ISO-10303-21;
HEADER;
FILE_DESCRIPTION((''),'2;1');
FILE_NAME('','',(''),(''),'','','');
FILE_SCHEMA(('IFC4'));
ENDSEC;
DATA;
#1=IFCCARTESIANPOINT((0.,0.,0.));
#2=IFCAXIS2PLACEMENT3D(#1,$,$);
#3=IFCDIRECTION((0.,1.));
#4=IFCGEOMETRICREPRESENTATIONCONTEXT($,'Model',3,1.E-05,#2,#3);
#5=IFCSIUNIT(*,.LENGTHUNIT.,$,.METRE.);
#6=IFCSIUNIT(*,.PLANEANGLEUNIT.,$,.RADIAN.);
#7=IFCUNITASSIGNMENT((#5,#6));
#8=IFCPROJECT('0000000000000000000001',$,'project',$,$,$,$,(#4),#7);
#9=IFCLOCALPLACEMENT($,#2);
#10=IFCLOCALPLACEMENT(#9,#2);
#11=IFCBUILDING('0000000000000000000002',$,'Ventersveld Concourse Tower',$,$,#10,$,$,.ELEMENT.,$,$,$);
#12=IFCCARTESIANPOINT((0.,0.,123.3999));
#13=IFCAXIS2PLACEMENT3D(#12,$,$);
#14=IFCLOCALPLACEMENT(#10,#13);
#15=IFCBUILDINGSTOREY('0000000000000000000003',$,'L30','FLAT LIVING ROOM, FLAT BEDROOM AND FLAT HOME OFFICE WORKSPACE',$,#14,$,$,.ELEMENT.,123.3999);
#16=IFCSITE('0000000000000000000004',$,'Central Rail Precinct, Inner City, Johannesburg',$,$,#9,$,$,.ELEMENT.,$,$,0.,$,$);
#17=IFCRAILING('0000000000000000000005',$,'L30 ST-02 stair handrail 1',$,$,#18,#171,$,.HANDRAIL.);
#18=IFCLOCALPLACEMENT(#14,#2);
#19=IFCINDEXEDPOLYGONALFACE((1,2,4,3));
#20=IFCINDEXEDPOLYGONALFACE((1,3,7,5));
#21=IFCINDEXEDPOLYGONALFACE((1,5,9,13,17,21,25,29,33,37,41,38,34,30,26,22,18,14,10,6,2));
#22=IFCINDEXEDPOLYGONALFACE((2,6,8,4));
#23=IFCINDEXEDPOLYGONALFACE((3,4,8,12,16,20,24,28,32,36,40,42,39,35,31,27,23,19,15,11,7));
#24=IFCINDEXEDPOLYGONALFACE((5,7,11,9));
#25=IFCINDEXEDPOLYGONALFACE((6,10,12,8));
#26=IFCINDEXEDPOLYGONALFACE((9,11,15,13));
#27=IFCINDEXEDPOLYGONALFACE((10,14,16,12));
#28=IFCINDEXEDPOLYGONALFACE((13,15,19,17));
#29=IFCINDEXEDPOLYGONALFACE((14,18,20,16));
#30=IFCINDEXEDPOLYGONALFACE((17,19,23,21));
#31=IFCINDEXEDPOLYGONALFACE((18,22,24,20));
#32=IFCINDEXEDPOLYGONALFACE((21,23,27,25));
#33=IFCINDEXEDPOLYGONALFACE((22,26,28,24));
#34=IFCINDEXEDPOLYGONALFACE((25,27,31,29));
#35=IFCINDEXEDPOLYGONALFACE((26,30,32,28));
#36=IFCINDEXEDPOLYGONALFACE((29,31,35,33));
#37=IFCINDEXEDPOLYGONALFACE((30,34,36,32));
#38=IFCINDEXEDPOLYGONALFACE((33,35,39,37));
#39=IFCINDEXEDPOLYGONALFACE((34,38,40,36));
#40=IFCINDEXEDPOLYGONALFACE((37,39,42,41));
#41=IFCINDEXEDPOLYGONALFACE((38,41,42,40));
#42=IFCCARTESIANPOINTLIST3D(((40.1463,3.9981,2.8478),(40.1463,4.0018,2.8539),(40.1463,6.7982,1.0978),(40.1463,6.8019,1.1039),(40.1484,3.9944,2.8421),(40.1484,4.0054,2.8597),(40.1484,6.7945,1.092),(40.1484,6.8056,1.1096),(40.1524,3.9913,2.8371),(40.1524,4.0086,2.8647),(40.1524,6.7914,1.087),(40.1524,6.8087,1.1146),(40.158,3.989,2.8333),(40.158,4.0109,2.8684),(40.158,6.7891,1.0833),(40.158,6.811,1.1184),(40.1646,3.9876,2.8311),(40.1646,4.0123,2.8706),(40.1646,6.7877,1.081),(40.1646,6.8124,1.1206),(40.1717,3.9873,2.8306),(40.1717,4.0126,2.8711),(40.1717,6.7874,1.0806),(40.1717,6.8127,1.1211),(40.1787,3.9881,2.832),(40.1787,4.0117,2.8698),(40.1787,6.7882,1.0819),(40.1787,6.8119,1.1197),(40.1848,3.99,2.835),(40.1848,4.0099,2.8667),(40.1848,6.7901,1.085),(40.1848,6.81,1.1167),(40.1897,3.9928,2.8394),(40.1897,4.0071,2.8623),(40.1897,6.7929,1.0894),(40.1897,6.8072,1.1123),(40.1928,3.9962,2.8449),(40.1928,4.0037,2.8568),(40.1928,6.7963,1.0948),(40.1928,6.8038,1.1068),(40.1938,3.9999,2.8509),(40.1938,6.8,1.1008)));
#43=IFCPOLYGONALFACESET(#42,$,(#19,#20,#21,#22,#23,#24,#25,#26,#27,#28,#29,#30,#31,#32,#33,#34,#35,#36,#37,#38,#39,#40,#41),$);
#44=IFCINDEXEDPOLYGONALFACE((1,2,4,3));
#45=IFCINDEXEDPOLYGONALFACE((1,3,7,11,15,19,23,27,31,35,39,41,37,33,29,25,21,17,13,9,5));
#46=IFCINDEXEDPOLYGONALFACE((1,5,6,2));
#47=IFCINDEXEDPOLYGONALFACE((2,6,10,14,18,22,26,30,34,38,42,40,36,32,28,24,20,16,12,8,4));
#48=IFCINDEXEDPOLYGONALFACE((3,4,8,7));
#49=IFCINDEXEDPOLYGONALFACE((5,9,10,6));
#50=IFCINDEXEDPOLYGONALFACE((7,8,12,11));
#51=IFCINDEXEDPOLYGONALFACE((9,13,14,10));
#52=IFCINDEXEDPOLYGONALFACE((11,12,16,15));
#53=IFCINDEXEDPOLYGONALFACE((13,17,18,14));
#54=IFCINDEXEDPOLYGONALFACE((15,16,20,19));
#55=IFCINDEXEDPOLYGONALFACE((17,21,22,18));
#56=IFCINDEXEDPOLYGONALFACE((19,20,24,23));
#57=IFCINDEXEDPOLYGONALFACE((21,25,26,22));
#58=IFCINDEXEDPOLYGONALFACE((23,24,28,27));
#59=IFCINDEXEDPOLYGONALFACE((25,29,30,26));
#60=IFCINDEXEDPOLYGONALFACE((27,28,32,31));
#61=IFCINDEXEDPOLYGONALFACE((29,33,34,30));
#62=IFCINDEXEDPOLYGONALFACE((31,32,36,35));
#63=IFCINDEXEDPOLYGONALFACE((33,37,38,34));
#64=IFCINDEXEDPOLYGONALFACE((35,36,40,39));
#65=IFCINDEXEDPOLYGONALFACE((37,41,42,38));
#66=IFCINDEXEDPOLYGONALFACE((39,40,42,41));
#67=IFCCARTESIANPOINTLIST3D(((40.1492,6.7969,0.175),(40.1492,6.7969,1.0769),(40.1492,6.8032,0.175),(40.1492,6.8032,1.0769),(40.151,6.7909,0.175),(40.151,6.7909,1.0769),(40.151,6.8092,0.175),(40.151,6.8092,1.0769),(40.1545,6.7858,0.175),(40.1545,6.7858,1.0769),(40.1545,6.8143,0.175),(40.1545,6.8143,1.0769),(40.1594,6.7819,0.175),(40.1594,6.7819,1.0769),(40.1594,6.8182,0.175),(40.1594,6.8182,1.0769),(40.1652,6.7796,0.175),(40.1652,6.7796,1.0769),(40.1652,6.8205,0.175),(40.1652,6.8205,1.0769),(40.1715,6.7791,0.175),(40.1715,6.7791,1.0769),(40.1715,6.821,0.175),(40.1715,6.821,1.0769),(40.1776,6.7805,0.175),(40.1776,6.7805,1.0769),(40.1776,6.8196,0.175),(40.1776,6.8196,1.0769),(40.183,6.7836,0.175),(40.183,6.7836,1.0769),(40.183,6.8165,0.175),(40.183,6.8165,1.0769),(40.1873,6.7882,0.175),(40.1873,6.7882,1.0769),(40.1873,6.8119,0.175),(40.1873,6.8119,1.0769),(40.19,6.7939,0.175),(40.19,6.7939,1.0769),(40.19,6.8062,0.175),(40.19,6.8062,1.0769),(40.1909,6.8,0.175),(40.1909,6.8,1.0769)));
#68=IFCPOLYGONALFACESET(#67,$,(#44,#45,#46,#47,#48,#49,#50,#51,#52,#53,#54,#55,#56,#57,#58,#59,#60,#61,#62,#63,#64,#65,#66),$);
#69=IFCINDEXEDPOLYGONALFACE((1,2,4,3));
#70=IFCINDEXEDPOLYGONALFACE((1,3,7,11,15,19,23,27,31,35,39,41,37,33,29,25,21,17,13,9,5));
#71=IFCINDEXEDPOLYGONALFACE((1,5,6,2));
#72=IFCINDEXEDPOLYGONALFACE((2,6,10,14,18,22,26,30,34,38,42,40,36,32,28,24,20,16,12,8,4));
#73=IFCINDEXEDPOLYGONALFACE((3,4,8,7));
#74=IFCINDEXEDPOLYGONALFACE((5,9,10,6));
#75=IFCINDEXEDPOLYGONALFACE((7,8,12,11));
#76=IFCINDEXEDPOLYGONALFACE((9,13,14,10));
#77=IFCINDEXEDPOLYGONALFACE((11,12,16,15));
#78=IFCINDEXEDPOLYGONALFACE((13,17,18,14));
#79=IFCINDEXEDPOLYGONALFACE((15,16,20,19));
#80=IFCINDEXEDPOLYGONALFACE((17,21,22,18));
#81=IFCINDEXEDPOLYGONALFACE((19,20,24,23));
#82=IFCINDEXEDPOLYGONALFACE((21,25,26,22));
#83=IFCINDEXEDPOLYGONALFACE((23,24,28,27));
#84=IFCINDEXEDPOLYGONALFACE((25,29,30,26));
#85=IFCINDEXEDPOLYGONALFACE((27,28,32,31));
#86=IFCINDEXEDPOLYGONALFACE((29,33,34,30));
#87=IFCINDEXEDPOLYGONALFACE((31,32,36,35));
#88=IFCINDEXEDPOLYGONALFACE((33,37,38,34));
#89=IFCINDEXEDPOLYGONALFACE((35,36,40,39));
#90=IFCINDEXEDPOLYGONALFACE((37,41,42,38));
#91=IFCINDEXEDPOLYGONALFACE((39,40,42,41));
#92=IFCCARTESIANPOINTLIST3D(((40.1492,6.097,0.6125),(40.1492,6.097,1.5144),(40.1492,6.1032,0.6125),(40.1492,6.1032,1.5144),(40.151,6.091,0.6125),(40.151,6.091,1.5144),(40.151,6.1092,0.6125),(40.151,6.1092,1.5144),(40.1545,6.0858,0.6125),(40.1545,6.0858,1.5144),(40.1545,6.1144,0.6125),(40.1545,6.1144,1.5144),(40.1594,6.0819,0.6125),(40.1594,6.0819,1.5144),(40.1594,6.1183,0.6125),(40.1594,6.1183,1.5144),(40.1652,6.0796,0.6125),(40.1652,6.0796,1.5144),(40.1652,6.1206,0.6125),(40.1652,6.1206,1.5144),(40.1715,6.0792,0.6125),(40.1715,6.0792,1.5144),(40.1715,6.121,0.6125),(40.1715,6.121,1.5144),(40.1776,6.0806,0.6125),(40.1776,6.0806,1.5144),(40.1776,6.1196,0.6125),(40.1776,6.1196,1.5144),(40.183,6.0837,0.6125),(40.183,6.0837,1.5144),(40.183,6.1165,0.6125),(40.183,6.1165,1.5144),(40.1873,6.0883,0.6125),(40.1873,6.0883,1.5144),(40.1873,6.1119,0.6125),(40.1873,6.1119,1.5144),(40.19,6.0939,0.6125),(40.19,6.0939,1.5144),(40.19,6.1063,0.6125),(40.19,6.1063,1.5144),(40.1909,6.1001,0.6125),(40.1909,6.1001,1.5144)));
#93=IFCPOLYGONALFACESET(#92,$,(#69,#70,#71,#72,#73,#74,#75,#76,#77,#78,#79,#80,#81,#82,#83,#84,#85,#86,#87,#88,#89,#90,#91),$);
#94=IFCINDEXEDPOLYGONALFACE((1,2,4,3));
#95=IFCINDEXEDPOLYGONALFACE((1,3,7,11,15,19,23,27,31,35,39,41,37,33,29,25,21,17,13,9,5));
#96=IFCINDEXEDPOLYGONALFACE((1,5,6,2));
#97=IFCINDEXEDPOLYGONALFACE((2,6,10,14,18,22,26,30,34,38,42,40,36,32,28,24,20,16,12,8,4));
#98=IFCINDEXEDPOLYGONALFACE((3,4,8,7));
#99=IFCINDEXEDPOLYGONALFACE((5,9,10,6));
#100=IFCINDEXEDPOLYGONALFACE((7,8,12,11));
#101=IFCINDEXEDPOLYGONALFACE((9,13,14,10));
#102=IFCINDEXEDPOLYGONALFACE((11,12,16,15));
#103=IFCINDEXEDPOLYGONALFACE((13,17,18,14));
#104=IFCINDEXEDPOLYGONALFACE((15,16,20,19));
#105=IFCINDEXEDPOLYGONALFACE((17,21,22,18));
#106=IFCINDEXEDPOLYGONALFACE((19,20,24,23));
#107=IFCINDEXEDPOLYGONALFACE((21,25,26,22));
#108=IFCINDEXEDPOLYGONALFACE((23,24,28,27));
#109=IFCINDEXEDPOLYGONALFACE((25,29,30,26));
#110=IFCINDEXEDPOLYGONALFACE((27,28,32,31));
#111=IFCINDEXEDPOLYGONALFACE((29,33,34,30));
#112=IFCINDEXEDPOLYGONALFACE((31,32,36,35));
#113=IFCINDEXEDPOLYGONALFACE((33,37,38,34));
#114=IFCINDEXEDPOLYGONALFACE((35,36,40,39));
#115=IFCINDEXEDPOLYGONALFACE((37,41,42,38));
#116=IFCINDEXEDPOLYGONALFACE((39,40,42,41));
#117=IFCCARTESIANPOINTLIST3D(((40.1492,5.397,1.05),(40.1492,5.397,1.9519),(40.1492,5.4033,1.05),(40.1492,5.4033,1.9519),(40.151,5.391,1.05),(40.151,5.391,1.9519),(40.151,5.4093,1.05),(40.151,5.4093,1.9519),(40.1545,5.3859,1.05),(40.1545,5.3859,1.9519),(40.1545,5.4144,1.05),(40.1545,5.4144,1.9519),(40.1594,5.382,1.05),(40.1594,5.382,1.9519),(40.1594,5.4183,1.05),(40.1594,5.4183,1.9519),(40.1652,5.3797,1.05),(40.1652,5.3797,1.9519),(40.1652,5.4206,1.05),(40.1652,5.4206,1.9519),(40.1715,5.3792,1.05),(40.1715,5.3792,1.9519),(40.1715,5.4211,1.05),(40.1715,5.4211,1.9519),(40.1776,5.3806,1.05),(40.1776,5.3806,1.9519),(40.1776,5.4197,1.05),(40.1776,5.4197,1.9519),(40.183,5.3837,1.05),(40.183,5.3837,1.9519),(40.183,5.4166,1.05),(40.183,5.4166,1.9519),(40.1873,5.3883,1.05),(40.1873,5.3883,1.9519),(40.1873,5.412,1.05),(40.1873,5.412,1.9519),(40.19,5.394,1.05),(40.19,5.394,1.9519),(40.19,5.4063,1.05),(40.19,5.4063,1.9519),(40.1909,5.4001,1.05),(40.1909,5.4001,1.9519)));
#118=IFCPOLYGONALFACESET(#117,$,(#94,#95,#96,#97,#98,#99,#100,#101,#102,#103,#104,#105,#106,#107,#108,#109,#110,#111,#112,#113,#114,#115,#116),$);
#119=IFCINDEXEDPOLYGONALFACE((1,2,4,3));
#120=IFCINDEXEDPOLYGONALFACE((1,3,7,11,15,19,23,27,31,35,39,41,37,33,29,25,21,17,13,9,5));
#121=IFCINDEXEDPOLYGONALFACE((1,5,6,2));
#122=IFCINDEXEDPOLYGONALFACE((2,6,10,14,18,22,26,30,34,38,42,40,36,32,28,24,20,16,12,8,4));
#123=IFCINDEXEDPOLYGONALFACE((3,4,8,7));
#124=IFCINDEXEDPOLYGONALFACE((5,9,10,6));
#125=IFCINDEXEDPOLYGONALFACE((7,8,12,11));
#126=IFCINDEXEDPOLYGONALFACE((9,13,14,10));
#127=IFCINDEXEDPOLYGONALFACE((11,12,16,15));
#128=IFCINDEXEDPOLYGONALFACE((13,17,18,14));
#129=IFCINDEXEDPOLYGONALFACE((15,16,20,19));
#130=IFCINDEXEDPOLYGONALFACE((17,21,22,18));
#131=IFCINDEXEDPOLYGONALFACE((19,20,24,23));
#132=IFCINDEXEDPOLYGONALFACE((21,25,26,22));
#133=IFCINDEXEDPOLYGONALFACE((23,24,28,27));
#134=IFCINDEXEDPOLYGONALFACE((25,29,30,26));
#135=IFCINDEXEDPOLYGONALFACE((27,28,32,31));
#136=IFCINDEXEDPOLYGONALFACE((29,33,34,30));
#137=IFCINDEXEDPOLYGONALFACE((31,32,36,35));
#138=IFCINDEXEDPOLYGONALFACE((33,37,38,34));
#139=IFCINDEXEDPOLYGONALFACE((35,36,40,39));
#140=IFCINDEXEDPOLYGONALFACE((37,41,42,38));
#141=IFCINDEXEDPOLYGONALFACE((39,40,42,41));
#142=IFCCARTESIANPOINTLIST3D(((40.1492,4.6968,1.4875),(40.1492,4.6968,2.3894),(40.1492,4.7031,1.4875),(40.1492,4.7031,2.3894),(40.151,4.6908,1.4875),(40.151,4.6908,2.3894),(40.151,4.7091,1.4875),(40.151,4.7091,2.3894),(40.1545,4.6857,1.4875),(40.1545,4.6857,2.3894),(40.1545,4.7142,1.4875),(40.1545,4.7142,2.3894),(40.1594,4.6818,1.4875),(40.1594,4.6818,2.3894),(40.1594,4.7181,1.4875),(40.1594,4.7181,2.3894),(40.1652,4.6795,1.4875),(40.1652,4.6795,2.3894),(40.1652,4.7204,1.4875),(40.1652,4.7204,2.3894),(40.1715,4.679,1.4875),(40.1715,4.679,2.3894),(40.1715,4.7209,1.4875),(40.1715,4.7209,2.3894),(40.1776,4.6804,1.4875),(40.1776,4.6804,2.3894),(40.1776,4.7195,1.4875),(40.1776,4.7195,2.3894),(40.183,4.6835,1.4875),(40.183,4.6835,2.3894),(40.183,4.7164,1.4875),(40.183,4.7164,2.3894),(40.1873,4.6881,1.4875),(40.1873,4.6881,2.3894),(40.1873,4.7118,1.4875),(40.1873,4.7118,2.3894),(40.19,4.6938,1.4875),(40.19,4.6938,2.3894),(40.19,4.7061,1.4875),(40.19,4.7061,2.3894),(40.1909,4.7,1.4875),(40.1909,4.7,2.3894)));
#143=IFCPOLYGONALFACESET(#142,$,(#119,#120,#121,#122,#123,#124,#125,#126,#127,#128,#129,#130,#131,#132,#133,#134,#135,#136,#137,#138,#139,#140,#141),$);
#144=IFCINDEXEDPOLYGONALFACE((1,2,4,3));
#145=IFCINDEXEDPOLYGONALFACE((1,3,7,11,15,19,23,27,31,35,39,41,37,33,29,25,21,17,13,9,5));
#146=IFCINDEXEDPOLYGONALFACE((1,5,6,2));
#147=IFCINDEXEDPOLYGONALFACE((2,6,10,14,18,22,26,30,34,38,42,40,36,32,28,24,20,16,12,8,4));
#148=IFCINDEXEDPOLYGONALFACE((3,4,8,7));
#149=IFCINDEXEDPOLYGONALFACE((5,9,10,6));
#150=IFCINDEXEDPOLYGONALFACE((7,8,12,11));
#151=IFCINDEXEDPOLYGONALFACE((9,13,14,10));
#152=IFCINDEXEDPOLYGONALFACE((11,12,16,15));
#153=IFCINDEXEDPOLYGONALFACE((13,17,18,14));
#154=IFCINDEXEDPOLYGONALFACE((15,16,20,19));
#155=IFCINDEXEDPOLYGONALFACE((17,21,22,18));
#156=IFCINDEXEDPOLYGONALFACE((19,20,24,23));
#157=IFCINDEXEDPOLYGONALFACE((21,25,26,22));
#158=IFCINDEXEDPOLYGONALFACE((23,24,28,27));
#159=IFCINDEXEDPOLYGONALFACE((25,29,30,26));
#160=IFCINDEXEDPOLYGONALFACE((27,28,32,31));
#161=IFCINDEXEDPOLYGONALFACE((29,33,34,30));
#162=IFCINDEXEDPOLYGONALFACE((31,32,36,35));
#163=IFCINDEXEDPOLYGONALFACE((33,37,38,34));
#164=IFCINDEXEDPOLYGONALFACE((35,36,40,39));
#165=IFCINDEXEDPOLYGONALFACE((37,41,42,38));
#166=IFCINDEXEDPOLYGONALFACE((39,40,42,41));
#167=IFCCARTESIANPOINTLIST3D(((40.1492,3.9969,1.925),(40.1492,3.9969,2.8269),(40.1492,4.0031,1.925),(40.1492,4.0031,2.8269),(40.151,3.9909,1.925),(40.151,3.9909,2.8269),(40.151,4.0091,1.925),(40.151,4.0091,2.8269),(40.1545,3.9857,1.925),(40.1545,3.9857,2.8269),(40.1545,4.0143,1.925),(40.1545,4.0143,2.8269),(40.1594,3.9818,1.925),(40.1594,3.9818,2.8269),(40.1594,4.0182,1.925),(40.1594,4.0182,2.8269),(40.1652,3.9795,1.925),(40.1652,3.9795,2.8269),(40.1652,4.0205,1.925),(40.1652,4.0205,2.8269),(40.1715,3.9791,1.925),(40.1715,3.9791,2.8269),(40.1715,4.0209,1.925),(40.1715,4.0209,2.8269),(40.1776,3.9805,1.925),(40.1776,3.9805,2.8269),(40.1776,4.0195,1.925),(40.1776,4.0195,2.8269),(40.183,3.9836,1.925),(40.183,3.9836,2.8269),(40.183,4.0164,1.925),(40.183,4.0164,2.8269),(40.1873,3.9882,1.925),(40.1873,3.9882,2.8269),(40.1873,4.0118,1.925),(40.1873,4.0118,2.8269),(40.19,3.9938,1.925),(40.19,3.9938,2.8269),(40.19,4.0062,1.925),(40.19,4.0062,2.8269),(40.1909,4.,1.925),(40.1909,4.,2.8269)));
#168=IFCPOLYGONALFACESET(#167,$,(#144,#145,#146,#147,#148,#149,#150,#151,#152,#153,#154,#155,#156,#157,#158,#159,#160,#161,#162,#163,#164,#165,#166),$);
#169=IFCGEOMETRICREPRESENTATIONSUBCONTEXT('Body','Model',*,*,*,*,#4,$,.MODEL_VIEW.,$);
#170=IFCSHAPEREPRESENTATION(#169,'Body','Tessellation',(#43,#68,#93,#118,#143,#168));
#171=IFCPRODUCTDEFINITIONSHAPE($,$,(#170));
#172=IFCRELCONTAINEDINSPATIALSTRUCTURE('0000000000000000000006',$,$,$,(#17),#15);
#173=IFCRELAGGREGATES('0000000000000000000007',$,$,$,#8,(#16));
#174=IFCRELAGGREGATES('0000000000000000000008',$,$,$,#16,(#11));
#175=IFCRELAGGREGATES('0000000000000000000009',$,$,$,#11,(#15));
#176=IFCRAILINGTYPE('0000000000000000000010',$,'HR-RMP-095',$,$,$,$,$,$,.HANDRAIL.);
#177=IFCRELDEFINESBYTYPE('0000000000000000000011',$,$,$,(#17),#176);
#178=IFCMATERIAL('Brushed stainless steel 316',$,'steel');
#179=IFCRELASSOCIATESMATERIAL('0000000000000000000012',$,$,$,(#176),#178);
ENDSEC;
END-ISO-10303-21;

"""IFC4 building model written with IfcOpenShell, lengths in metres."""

from ifc_helpers import new_model, si_unit, direction, frame, origin, origin_2d, place, context, subcontext, project, spatial, circle, extrude, material, type_object, element, save


model = new_model("IFC4")

# Units and contexts
model_context = context("Model", 3, precision=1e-05, world=origin(), true_north=direction((0.0, 1.0)))
body_context = subcontext(model_context, "Body", "Model", "MODEL_VIEW")
ifc_project = project(units=[si_unit("LENGTHUNIT", "METRE"), si_unit("PLANEANGLEUNIT", "RADIAN")], contexts=[model_context])

# Site, building, storey
site_placement = place(None, origin())
site = spatial("IfcSite", under=ifc_project, at=site_placement, Name="Central Rail Precinct, Inner City, Johannesburg", CompositionType="ELEMENT", RefElevation=0.0)
building_placement = place(site_placement, origin())
building = spatial("IfcBuilding", under=site, at=building_placement, Name="Ventersveld Concourse Tower", CompositionType="ELEMENT")
storey_placement = place(building_placement, frame((0.0, 0.0, 123.3999)))
storey = spatial("IfcBuildingStorey", under=building, at=storey_placement, Name="L30", Description="FLAT LIVING ROOM, FLAT BEDROOM AND FLAT HOME OFFICE WORKSPACE", CompositionType="ELEMENT", Elevation=123.3999)

# Shared definitions
ifc_material_1 = material(Name="Brushed stainless steel 316", Category="steel")

# Railing
railing_type_1 = type_object("IfcRailingType", Name="HR-RMP-095", PredefinedType="HANDRAIL", material=ifc_material_1)
railing_1_placement = place(storey_placement, frame((40.1699, 6.8, 0.175)))
element("IfcRailing", 1, at=railing_1_placement, inside=storey, type_object=railing_type_1, Name="L30 ST-02 stair handrail 1", PredefinedType="HANDRAIL", context=body_context, shape_type="SweptSolid", body=[
    extrude(circle(Radius=0.0239, at=origin_2d()), frame((0.0, 0.0, 0.9258), z_axis=(0.0, -0.848002, 0.529992), x_axis=(1.0, 0.0, 0.0)), (0.0, 0.0, 1.0), 3.302),
    extrude(circle(Radius=0.021, at=origin_2d()), origin(), (0.0, 0.0, 1.0), 0.9019),
    extrude(circle(Radius=0.021, at=origin_2d()), frame((0.0, -0.7, 0.4375)), (0.0, 0.0, 1.0), 0.9019),
    extrude(circle(Radius=0.021, at=origin_2d()), frame((0.0, -1.3999, 0.875)), (0.0, 0.0, 1.0), 0.9019),
    extrude(circle(Radius=0.021, at=origin_2d()), frame((0.0, -2.1001, 1.3125)), (0.0, 0.0, 1.0), 0.9019),
    extrude(circle(Radius=0.021, at=origin_2d()), frame((0.0, -2.8, 1.75)), (0.0, 0.0, 1.0), 0.9019),
])

save(model, "model.ifc")
